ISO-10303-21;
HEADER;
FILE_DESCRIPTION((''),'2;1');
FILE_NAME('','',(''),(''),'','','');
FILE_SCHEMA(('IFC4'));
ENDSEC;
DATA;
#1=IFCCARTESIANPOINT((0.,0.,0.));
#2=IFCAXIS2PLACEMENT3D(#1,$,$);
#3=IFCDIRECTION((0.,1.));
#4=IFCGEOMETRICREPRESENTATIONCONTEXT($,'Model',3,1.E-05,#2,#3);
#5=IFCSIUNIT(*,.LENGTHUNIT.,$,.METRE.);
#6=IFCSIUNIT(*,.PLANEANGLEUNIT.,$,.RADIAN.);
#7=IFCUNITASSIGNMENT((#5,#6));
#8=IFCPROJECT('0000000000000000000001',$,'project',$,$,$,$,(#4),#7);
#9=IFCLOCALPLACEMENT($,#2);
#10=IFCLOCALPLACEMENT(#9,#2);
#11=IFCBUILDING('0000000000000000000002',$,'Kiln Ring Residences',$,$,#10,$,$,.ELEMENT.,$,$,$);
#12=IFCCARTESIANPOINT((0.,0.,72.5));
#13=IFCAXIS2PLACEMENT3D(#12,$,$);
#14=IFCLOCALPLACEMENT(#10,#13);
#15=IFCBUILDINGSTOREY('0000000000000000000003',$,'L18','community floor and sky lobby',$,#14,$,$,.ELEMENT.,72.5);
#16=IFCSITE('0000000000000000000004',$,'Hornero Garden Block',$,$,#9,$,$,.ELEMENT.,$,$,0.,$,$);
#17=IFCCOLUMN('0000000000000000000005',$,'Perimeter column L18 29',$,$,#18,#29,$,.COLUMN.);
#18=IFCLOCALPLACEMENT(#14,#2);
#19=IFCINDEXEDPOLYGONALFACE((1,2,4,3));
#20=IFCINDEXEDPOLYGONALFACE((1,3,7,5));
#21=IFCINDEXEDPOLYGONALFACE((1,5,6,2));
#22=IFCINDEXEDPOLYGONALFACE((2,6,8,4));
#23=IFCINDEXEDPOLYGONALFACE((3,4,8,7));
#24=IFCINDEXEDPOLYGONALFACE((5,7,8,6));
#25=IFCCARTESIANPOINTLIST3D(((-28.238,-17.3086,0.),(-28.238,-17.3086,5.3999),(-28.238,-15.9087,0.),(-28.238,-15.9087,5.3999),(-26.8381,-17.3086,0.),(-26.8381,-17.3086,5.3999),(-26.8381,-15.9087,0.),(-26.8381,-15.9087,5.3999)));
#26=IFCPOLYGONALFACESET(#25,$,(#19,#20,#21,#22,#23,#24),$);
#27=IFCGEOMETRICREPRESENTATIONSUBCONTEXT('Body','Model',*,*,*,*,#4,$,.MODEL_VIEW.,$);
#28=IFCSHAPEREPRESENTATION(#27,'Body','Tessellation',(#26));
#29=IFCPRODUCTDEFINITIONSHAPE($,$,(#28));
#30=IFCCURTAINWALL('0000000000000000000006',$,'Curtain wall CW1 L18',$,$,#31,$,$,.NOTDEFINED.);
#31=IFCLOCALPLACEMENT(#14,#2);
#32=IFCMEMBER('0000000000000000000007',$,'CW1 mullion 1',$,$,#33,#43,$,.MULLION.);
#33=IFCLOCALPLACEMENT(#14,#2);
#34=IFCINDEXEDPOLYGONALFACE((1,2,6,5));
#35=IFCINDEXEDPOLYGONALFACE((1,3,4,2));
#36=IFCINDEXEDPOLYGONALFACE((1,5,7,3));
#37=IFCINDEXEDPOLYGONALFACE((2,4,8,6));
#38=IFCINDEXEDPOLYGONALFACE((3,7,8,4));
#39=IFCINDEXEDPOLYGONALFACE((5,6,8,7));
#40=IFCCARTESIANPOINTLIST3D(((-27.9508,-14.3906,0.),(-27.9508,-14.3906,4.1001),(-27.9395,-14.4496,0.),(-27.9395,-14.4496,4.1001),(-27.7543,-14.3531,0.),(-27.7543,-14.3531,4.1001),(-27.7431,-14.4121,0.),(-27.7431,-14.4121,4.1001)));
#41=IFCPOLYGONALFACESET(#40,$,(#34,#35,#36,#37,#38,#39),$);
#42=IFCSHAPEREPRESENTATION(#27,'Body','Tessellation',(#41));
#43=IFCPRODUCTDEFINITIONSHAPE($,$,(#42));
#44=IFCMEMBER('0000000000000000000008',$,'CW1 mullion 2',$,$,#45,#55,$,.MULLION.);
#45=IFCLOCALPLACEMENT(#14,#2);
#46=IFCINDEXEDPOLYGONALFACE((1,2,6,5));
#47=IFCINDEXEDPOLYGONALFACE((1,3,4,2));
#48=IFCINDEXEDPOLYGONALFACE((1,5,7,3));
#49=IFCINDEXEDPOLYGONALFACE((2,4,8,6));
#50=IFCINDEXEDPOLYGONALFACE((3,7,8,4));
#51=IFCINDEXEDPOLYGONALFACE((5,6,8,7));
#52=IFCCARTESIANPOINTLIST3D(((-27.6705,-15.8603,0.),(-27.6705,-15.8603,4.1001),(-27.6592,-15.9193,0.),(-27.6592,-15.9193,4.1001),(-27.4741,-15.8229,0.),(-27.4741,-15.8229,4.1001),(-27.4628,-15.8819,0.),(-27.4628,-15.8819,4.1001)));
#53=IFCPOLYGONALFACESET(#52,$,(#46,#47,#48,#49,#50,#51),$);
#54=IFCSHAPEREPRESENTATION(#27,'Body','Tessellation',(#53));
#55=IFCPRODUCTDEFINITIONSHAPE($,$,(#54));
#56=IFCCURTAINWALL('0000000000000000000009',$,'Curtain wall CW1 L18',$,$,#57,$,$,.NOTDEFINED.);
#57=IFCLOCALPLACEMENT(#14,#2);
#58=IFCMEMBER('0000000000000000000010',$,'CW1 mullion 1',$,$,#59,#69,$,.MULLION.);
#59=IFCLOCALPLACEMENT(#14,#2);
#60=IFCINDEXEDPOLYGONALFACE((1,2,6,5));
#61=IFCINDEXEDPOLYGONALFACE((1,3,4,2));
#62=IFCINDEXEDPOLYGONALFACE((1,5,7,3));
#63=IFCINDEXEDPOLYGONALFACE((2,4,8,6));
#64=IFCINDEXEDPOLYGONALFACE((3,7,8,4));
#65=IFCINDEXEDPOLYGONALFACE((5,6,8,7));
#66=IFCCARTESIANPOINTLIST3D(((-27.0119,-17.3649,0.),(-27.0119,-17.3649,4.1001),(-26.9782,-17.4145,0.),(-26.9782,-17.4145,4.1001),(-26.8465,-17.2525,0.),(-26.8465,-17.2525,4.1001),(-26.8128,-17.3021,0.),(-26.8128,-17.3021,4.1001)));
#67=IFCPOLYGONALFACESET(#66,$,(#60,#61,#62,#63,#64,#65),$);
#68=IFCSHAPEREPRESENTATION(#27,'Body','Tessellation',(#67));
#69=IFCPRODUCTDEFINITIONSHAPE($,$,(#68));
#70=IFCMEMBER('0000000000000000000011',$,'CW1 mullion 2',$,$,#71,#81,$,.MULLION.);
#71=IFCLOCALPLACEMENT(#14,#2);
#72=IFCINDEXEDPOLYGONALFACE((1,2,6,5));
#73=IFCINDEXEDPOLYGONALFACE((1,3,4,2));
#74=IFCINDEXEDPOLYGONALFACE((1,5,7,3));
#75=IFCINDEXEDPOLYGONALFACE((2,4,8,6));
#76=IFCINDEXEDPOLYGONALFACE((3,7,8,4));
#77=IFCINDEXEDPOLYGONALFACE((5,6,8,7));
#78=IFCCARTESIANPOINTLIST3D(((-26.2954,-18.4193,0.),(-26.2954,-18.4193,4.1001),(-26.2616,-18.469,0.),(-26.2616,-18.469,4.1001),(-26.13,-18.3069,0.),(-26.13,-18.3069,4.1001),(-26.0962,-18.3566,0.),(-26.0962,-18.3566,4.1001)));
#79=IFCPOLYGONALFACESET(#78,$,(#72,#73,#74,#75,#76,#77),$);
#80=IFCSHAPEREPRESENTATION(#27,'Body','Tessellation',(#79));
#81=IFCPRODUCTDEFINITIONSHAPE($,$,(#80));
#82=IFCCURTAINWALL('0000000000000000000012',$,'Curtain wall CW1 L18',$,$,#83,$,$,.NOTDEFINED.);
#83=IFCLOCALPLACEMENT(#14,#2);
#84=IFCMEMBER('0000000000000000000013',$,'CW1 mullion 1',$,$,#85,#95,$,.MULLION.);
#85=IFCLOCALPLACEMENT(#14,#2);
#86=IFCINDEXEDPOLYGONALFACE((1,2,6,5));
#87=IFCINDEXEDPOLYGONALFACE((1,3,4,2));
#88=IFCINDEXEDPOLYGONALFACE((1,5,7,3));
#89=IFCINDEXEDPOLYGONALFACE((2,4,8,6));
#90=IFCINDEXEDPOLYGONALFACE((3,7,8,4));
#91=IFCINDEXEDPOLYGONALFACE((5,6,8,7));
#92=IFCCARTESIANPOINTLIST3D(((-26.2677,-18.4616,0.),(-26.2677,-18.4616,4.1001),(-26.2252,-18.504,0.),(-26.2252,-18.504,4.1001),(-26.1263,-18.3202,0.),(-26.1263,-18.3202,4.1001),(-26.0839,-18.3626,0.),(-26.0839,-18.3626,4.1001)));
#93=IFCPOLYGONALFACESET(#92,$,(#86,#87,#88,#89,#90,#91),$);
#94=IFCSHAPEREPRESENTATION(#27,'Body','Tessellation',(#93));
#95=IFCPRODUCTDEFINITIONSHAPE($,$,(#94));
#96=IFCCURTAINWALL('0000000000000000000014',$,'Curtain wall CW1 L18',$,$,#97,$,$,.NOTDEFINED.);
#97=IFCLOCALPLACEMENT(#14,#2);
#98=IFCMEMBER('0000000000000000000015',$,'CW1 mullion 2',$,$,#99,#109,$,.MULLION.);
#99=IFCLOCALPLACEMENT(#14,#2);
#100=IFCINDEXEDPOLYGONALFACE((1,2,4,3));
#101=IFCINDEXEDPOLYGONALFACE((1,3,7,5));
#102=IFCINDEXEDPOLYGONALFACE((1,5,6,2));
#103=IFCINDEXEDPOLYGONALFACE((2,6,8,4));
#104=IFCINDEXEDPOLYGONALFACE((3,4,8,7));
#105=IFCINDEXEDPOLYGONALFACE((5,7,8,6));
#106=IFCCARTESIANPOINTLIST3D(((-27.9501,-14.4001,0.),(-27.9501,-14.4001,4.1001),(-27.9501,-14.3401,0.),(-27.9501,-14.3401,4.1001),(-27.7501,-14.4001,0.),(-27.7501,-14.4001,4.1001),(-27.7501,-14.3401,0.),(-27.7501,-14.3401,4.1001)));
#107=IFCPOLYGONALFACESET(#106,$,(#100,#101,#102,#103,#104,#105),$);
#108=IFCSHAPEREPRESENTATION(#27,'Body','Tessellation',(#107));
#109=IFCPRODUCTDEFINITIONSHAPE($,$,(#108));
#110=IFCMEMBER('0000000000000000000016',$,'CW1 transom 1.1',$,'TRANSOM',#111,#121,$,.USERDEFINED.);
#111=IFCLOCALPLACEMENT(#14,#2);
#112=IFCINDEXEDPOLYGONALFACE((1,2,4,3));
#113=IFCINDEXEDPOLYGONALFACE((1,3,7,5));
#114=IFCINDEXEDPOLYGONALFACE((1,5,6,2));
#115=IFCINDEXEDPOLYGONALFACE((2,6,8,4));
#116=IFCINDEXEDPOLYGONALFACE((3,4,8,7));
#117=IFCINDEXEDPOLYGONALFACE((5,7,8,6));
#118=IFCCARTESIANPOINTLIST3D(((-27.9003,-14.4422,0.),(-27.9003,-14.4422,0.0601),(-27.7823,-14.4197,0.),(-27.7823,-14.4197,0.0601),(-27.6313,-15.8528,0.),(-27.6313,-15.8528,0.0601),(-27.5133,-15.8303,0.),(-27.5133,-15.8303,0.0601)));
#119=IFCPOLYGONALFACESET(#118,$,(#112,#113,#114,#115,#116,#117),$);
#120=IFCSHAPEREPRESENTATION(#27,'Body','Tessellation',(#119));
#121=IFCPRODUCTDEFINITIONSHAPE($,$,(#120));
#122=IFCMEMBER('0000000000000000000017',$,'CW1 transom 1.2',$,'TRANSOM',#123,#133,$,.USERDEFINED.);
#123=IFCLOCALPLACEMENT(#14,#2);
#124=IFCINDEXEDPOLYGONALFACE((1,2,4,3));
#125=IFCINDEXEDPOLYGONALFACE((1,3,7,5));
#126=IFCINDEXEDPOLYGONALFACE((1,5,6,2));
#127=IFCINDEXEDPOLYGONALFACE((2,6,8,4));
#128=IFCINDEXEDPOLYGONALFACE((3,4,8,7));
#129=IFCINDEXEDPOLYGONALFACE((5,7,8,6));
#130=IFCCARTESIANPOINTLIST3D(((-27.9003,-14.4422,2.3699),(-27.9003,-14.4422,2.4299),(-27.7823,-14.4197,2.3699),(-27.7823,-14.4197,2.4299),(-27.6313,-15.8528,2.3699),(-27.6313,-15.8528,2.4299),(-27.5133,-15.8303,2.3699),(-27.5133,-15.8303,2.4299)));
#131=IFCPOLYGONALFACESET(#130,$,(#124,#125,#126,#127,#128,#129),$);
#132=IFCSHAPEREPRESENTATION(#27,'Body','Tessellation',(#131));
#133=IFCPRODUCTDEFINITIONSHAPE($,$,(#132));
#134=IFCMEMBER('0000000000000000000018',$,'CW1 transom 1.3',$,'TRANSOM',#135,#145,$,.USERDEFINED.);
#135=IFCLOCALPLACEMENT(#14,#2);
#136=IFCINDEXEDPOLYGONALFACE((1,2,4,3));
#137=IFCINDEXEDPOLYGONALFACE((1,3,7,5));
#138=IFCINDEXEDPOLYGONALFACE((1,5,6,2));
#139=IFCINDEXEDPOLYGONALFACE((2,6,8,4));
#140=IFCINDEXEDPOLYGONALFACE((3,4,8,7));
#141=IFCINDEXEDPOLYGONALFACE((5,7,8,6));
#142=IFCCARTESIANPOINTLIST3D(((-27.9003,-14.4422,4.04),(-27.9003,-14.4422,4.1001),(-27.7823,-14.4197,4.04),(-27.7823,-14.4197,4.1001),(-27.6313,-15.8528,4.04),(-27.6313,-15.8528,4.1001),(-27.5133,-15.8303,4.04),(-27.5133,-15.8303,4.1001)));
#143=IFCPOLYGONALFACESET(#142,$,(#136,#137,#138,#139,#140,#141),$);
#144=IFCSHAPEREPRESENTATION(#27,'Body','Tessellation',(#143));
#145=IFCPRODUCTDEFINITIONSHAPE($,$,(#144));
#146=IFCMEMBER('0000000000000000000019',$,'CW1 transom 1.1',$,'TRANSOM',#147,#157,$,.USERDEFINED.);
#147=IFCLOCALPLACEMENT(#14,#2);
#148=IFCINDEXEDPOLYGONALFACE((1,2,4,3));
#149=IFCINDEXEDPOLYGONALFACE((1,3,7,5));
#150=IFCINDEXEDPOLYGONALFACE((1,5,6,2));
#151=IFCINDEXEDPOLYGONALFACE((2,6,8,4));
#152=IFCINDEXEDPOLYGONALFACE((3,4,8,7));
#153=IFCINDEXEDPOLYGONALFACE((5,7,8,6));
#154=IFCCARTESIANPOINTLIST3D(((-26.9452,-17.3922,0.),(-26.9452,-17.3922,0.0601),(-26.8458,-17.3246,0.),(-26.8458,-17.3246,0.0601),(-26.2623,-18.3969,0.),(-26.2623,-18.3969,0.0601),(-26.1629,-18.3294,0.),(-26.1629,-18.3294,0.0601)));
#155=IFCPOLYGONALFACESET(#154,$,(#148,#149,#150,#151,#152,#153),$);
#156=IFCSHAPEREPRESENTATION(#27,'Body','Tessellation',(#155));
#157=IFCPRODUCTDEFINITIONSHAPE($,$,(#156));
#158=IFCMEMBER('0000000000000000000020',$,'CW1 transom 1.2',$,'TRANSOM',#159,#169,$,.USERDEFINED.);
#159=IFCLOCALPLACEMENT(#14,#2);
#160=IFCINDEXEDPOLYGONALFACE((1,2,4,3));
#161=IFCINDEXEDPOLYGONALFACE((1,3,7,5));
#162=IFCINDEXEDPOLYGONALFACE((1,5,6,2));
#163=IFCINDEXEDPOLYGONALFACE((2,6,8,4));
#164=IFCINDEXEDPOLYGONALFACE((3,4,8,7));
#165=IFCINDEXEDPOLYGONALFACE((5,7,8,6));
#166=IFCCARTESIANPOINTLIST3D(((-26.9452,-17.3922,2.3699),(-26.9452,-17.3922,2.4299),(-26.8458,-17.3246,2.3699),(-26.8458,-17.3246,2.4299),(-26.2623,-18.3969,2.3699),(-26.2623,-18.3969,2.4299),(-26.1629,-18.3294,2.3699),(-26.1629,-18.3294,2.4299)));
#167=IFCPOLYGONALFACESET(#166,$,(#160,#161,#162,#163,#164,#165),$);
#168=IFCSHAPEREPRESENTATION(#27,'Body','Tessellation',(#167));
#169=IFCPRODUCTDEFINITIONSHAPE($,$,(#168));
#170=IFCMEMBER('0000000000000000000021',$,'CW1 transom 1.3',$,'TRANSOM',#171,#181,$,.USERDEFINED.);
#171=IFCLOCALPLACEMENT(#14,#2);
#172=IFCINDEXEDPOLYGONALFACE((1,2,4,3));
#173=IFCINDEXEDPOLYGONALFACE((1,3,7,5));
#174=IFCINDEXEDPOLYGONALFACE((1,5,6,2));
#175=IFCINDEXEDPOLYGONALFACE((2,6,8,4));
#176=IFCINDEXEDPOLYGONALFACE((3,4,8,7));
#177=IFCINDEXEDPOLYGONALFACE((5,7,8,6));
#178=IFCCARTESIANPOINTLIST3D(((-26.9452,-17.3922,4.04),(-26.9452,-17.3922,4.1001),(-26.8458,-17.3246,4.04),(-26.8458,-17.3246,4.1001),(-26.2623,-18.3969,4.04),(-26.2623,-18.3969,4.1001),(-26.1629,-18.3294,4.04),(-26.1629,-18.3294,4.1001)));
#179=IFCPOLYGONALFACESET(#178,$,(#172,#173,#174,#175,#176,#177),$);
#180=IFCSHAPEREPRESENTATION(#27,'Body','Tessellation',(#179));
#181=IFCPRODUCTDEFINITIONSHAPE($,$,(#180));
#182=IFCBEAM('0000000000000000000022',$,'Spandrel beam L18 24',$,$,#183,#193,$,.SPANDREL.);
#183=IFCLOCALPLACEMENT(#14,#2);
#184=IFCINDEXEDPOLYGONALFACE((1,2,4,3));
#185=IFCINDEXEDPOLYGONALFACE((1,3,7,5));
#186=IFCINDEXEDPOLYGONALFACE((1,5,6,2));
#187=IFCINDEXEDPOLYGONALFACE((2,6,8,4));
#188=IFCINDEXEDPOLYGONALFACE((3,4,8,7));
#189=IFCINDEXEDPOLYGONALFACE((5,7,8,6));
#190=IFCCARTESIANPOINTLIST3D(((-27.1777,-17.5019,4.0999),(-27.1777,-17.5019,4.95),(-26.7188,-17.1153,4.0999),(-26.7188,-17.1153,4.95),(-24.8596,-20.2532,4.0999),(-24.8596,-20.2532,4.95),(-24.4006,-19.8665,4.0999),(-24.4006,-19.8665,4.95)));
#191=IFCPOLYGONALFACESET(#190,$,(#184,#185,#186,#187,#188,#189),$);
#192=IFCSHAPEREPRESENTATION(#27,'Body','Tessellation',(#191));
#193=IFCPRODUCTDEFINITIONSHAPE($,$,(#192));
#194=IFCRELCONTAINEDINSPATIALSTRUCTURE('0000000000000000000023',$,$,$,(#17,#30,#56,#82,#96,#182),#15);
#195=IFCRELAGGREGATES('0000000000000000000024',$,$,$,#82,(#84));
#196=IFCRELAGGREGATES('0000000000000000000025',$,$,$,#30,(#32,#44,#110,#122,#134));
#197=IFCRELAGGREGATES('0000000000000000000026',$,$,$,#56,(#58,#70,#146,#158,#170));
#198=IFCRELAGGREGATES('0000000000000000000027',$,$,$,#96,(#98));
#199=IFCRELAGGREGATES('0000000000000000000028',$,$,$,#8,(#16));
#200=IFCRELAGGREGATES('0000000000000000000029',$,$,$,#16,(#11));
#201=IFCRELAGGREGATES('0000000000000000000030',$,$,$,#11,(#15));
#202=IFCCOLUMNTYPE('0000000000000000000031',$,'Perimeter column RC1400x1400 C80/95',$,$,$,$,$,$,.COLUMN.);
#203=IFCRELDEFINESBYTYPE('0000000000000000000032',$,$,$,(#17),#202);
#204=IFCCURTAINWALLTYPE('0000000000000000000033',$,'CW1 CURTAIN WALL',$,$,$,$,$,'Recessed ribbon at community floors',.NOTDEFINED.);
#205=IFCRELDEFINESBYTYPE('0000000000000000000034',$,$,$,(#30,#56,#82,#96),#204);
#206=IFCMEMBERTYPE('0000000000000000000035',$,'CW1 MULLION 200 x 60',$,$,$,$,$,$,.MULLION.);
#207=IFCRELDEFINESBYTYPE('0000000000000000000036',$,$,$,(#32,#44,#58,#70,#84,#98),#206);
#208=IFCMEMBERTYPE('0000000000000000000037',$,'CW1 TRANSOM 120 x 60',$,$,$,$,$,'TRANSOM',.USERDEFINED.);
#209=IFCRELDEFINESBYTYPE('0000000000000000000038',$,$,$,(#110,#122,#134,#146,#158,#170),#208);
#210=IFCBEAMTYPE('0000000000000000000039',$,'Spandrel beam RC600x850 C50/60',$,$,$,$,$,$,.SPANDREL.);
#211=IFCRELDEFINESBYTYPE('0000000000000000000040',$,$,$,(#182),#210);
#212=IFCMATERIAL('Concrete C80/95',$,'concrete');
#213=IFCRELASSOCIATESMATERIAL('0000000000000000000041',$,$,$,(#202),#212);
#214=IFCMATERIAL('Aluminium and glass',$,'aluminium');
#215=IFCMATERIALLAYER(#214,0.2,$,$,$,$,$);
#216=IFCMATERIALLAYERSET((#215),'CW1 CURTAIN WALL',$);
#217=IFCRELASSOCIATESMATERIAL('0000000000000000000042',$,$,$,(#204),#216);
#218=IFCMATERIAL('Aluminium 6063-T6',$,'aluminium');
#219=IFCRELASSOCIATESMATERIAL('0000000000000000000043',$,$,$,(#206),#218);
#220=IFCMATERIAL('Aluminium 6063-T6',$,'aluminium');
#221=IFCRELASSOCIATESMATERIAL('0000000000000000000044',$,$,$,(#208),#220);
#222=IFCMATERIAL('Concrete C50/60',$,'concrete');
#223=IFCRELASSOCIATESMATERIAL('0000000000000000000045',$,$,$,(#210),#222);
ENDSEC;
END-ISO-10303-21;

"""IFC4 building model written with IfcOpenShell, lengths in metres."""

from ifc_helpers import new_model, si_unit, direction, frame, origin, origin_2d, place, context, subcontext, project, spatial, rectangle, extrude, material, layer, layer_set, material_profile, profile_set, type_object, element, aggregate, save


model = new_model("IFC4")

# Units and contexts
model_context = context("Model", 3, precision=1e-05, world=origin(), true_north=direction((0.0, 1.0)))
body_context = subcontext(model_context, "Body", "Model", "MODEL_VIEW")
ifc_project = project(units=[si_unit("LENGTHUNIT", "METRE"), si_unit("PLANEANGLEUNIT", "RADIAN")], contexts=[model_context])

# Site, building, storey
site_placement = place(None, origin())
site = spatial("IfcSite", under=ifc_project, at=site_placement, Name="Hornero Garden Block", CompositionType="ELEMENT", RefElevation=0.0)
building_placement = place(site_placement, origin())
building = spatial("IfcBuilding", under=site, at=building_placement, Name="Kiln Ring Residences", CompositionType="ELEMENT")
storey_placement = place(building_placement, frame((0.0, 0.0, 72.5)))
storey = spatial("IfcBuildingStorey", under=building, at=storey_placement, Name="L18", Description="community floor and sky lobby", CompositionType="ELEMENT", Elevation=72.5)

# Column
ifc_material_1 = material(Name="Concrete C80/95", Category="concrete")
ifc_material_profile_1 = material_profile(ifc_material_1, rectangle(XDim=1.3999, YDim=1.3999, at=origin_2d()), Name="RC1400x1400")
ifc_profile_set_1 = profile_set([ifc_material_profile_1], Name="Concrete C80/95")
column_type = type_object("IfcColumnType", Name="Perimeter column RC1400x1400 C80/95", PredefinedType="COLUMN", material=ifc_profile_set_1)
column_placement = place(storey_placement, frame((-27.5381, -16.6086, 0.0), z_axis=(0.0, 0.0, 1.0), x_axis=(1.0, 0.0, 0.0)))
element("IfcColumn", 1, at=column_placement, inside=storey, type_object=column_type, Name="Perimeter column L18 29", PredefinedType="COLUMN", context=body_context, shape_type="SweptSolid", body=[
    extrude(rectangle(XDim=1.3999, YDim=1.3999, at=origin_2d()), origin(), (0.0, 0.0, 1.0), 5.3999),
])

# Curtain walls, members
ifc_material_2 = material(Name="Aluminium and glass", Category="aluminium")
ifc_layer_1 = layer(ifc_material_2, 0.2)
ifc_layer_set_1 = layer_set([ifc_layer_1], Name="CW1 CURTAIN WALL")
curtain_wall_type = type_object("IfcCurtainWallType", Name="CW1 CURTAIN WALL", ElementType="Recessed ribbon at community floors", PredefinedType="NOTDEFINED", material=ifc_layer_set_1)
placement = place(storey_placement, origin())
curtain_wall_1 = element("IfcCurtainWall", 2, at=placement, inside=storey, type_object=curtain_wall_type, Name="Curtain wall CW1 L18", PredefinedType="NOTDEFINED")
ifc_material_3 = material(Name="Aluminium 6063-T6", Category="aluminium")
ifc_material_profile_2 = material_profile(ifc_material_3, rectangle(XDim=0.2, YDim=0.0601, at=origin_2d()), Name="AL 200x60")
ifc_profile_set_2 = profile_set([ifc_material_profile_2], Name="Aluminium 6063-T6")
member_type_1 = type_object("IfcMemberType", Name="CW1 MULLION 200 x 60", PredefinedType="MULLION", material=ifc_profile_set_2)
member_1_placement = place(storey_placement, frame((-27.8469, -14.4014, 0.0), z_axis=(0.0, 0.0, 1.0), x_axis=(0.98229, 0.187366, 0.0)))
member_1 = element("IfcMember", 3, at=member_1_placement, type_object=member_type_1, Name="CW1 mullion 1", PredefinedType="MULLION", context=body_context, shape_type="SweptSolid", body=[
    extrude(rectangle(XDim=0.2, YDim=0.0601, at=origin_2d()), origin(), (0.0, 0.0, 1.0), 4.1001),
])
member_2_placement = place(storey_placement, frame((-27.5667, -15.8711, 0.0), z_axis=(0.0, 0.0, 1.0), x_axis=(0.98229, 0.187366, 0.0)))
member_2 = element("IfcMember", 4, at=member_2_placement, type_object=member_type_1, Name="CW1 mullion 2", PredefinedType="MULLION", context=body_context, shape_type="SweptSolid", body=[
    extrude(rectangle(XDim=0.2, YDim=0.0601, at=origin_2d()), origin(), (0.0, 0.0, 1.0), 4.1001),
])
curtain_wall_2 = element("IfcCurtainWall", 5, at=placement, inside=storey, type_object=curtain_wall_type, Name="Curtain wall CW1 L18", PredefinedType="NOTDEFINED")
member_3_placement = place(storey_placement, frame((-26.9124, -17.3335, 0.0), z_axis=(0.0, 0.0, 1.0), x_axis=(0.827072, 0.562097, 0.0)))
member_3 = element("IfcMember", 6, at=member_3_placement, type_object=member_type_1, Name="CW1 mullion 1", PredefinedType="MULLION", context=body_context, shape_type="SweptSolid", body=[
    extrude(rectangle(XDim=0.2, YDim=0.0601, at=origin_2d()), origin(), (0.0, 0.0, 1.0), 4.1001),
])
member_4_placement = place(storey_placement, frame((-26.1958, -18.3879, 0.0), z_axis=(0.0, 0.0, 1.0), x_axis=(0.827072, 0.562097, 0.0)))
member_4 = element("IfcMember", 7, at=member_4_placement, type_object=member_type_1, Name="CW1 mullion 2", PredefinedType="MULLION", context=body_context, shape_type="SweptSolid", body=[
    extrude(rectangle(XDim=0.2, YDim=0.0601, at=origin_2d()), origin(), (0.0, 0.0, 1.0), 4.1001),
])

# Curtain walls, members
curtain_wall_3 = element("IfcCurtainWall", 8, at=placement, inside=storey, type_object=curtain_wall_type, Name="Curtain wall CW1 L18", PredefinedType="NOTDEFINED")
member_5_placement = place(storey_placement, frame((-26.1758, -18.4121, 0.0), z_axis=(0.0, 0.0, 1.0), x_axis=(0.707107, 0.707107, 0.0)))
member_5 = element("IfcMember", 9, at=member_5_placement, type_object=member_type_1, Name="CW1 mullion 1", PredefinedType="MULLION", context=body_context, shape_type="SweptSolid", body=[
    extrude(rectangle(XDim=0.2, YDim=0.0601, at=origin_2d()), origin(), (0.0, 0.0, 1.0), 4.1001),
])
aggregate(curtain_wall_3, [member_5])
curtain_wall_4 = element("IfcCurtainWall", 10, at=placement, inside=storey, type_object=curtain_wall_type, Name="Curtain wall CW1 L18", PredefinedType="NOTDEFINED")
member_6_placement = place(storey_placement, frame((-27.8501, -14.3701, 0.0), z_axis=(0.0, 0.0, 1.0), x_axis=(1.0, 0.0, 0.0)))
member_6 = element("IfcMember", 11, at=member_6_placement, type_object=member_type_1, Name="CW1 mullion 2", PredefinedType="MULLION", context=body_context, shape_type="SweptSolid", body=[
    extrude(rectangle(XDim=0.2, YDim=0.0601, at=origin_2d()), origin(), (0.0, 0.0, 1.0), 4.1001),
])

# Members
ifc_material_4 = material(Name="Aluminium 6063-T6", Category="aluminium")
ifc_material_profile_3 = material_profile(ifc_material_4, rectangle(XDim=0.1201, YDim=0.0601, at=origin_2d()), Name="AL 120x60")
ifc_profile_set_3 = profile_set([ifc_material_profile_3], Name="Aluminium 6063-T6")
member_type_2 = type_object("IfcMemberType", Name="CW1 TRANSOM 120 x 60", ElementType="TRANSOM", PredefinedType="USERDEFINED", material=ifc_profile_set_3)
member_7_placement = place(storey_placement, frame((-27.8413, -14.4309, 0.03), z_axis=(0.187346, -0.982294, 0.0), x_axis=(0.982294, 0.187346, 0.0)))
member_7 = element("IfcMember", 12, at=member_7_placement, type_object=member_type_2, Name="CW1 transom 1.1", ObjectType="TRANSOM", PredefinedType="USERDEFINED", context=body_context, shape_type="SweptSolid", body=[
    extrude(rectangle(XDim=0.1201, YDim=0.0601, at=origin_2d()), origin(), (0.0, 0.0, 1.0), 1.436),
])
member_8_placement = place(storey_placement, frame((-27.8413, -14.4309, 2.3999), z_axis=(0.187346, -0.982294, 0.0), x_axis=(0.982294, 0.187346, 0.0)))
member_8 = element("IfcMember", 13, at=member_8_placement, type_object=member_type_2, Name="CW1 transom 1.2", ObjectType="TRANSOM", PredefinedType="USERDEFINED", context=body_context, shape_type="SweptSolid", body=[
    extrude(rectangle(XDim=0.1201, YDim=0.0601, at=origin_2d()), origin(), (0.0, 0.0, 1.0), 1.436),
])
member_9_placement = place(storey_placement, frame((-27.8413, -14.4309, 4.0701), z_axis=(0.187346, -0.982294, 0.0), x_axis=(0.982294, 0.187346, 0.0)))
member_9 = element("IfcMember", 14, at=member_9_placement, type_object=member_type_2, Name="CW1 transom 1.3", ObjectType="TRANSOM", PredefinedType="USERDEFINED", context=body_context, shape_type="SweptSolid", body=[
    extrude(rectangle(XDim=0.1201, YDim=0.0601, at=origin_2d()), origin(), (0.0, 0.0, 1.0), 1.436),
])
member_10_placement = place(storey_placement, frame((-26.8955, -17.3584, 0.03), z_axis=(0.562145, -0.827039, 0.0), x_axis=(0.827039, 0.562145, 0.0)))
member_10 = element("IfcMember", 15, at=member_10_placement, type_object=member_type_2, Name="CW1 transom 1.1", ObjectType="TRANSOM", PredefinedType="USERDEFINED", context=body_context, shape_type="SweptSolid", body=[
    extrude(rectangle(XDim=0.1201, YDim=0.0601, at=origin_2d()), origin(), (0.0, 0.0, 1.0), 1.2148),
])
member_11_placement = place(storey_placement, frame((-26.8955, -17.3584, 2.3999), z_axis=(0.562145, -0.827039, 0.0), x_axis=(0.827039, 0.562145, 0.0)))
member_11 = element("IfcMember", 16, at=member_11_placement, type_object=member_type_2, Name="CW1 transom 1.2", ObjectType="TRANSOM", PredefinedType="USERDEFINED", context=body_context, shape_type="SweptSolid", body=[
    extrude(rectangle(XDim=0.1201, YDim=0.0601, at=origin_2d()), origin(), (0.0, 0.0, 1.0), 1.2148),
])
member_12_placement = place(storey_placement, frame((-26.8955, -17.3584, 4.0701), z_axis=(0.562145, -0.827039, 0.0), x_axis=(0.827039, 0.562145, 0.0)))
member_12 = element("IfcMember", 17, at=member_12_placement, type_object=member_type_2, Name="CW1 transom 1.3", ObjectType="TRANSOM", PredefinedType="USERDEFINED", context=body_context, shape_type="SweptSolid", body=[
    extrude(rectangle(XDim=0.1201, YDim=0.0601, at=origin_2d()), origin(), (0.0, 0.0, 1.0), 1.2148),
])

# Beam
ifc_material_5 = material(Name="Concrete C50/60", Category="concrete")
ifc_material_profile_4 = material_profile(ifc_material_5, rectangle(XDim=0.6001, YDim=0.8501, at=origin_2d()), Name="RC600x850")
ifc_profile_set_4 = profile_set([ifc_material_profile_4], Name="Concrete C50/60")
beam_type = type_object("IfcBeamType", Name="Spandrel beam RC600x850 C50/60", PredefinedType="SPANDREL", material=ifc_profile_set_4)
beam_placement = place(storey_placement, frame((-26.9482, -17.3086, 4.5249), z_axis=(0.644347, -0.764733, 0.0), x_axis=(0.764733, 0.644347, 0.0)))
element("IfcBeam", 18, at=beam_placement, inside=storey, type_object=beam_type, Name="Spandrel beam L18 24", PredefinedType="SPANDREL", context=body_context, shape_type="SweptSolid", body=[
    extrude(rectangle(XDim=0.6001, YDim=0.8501, at=origin_2d()), origin(), (0.0, 0.0, 1.0), 3.5977),
])

aggregate(curtain_wall_1, [member_1, member_2, member_7, member_8, member_9])
aggregate(curtain_wall_2, [member_3, member_4, member_10, member_11, member_12])
aggregate(curtain_wall_4, [member_6])

save(model, "model.ifc")
